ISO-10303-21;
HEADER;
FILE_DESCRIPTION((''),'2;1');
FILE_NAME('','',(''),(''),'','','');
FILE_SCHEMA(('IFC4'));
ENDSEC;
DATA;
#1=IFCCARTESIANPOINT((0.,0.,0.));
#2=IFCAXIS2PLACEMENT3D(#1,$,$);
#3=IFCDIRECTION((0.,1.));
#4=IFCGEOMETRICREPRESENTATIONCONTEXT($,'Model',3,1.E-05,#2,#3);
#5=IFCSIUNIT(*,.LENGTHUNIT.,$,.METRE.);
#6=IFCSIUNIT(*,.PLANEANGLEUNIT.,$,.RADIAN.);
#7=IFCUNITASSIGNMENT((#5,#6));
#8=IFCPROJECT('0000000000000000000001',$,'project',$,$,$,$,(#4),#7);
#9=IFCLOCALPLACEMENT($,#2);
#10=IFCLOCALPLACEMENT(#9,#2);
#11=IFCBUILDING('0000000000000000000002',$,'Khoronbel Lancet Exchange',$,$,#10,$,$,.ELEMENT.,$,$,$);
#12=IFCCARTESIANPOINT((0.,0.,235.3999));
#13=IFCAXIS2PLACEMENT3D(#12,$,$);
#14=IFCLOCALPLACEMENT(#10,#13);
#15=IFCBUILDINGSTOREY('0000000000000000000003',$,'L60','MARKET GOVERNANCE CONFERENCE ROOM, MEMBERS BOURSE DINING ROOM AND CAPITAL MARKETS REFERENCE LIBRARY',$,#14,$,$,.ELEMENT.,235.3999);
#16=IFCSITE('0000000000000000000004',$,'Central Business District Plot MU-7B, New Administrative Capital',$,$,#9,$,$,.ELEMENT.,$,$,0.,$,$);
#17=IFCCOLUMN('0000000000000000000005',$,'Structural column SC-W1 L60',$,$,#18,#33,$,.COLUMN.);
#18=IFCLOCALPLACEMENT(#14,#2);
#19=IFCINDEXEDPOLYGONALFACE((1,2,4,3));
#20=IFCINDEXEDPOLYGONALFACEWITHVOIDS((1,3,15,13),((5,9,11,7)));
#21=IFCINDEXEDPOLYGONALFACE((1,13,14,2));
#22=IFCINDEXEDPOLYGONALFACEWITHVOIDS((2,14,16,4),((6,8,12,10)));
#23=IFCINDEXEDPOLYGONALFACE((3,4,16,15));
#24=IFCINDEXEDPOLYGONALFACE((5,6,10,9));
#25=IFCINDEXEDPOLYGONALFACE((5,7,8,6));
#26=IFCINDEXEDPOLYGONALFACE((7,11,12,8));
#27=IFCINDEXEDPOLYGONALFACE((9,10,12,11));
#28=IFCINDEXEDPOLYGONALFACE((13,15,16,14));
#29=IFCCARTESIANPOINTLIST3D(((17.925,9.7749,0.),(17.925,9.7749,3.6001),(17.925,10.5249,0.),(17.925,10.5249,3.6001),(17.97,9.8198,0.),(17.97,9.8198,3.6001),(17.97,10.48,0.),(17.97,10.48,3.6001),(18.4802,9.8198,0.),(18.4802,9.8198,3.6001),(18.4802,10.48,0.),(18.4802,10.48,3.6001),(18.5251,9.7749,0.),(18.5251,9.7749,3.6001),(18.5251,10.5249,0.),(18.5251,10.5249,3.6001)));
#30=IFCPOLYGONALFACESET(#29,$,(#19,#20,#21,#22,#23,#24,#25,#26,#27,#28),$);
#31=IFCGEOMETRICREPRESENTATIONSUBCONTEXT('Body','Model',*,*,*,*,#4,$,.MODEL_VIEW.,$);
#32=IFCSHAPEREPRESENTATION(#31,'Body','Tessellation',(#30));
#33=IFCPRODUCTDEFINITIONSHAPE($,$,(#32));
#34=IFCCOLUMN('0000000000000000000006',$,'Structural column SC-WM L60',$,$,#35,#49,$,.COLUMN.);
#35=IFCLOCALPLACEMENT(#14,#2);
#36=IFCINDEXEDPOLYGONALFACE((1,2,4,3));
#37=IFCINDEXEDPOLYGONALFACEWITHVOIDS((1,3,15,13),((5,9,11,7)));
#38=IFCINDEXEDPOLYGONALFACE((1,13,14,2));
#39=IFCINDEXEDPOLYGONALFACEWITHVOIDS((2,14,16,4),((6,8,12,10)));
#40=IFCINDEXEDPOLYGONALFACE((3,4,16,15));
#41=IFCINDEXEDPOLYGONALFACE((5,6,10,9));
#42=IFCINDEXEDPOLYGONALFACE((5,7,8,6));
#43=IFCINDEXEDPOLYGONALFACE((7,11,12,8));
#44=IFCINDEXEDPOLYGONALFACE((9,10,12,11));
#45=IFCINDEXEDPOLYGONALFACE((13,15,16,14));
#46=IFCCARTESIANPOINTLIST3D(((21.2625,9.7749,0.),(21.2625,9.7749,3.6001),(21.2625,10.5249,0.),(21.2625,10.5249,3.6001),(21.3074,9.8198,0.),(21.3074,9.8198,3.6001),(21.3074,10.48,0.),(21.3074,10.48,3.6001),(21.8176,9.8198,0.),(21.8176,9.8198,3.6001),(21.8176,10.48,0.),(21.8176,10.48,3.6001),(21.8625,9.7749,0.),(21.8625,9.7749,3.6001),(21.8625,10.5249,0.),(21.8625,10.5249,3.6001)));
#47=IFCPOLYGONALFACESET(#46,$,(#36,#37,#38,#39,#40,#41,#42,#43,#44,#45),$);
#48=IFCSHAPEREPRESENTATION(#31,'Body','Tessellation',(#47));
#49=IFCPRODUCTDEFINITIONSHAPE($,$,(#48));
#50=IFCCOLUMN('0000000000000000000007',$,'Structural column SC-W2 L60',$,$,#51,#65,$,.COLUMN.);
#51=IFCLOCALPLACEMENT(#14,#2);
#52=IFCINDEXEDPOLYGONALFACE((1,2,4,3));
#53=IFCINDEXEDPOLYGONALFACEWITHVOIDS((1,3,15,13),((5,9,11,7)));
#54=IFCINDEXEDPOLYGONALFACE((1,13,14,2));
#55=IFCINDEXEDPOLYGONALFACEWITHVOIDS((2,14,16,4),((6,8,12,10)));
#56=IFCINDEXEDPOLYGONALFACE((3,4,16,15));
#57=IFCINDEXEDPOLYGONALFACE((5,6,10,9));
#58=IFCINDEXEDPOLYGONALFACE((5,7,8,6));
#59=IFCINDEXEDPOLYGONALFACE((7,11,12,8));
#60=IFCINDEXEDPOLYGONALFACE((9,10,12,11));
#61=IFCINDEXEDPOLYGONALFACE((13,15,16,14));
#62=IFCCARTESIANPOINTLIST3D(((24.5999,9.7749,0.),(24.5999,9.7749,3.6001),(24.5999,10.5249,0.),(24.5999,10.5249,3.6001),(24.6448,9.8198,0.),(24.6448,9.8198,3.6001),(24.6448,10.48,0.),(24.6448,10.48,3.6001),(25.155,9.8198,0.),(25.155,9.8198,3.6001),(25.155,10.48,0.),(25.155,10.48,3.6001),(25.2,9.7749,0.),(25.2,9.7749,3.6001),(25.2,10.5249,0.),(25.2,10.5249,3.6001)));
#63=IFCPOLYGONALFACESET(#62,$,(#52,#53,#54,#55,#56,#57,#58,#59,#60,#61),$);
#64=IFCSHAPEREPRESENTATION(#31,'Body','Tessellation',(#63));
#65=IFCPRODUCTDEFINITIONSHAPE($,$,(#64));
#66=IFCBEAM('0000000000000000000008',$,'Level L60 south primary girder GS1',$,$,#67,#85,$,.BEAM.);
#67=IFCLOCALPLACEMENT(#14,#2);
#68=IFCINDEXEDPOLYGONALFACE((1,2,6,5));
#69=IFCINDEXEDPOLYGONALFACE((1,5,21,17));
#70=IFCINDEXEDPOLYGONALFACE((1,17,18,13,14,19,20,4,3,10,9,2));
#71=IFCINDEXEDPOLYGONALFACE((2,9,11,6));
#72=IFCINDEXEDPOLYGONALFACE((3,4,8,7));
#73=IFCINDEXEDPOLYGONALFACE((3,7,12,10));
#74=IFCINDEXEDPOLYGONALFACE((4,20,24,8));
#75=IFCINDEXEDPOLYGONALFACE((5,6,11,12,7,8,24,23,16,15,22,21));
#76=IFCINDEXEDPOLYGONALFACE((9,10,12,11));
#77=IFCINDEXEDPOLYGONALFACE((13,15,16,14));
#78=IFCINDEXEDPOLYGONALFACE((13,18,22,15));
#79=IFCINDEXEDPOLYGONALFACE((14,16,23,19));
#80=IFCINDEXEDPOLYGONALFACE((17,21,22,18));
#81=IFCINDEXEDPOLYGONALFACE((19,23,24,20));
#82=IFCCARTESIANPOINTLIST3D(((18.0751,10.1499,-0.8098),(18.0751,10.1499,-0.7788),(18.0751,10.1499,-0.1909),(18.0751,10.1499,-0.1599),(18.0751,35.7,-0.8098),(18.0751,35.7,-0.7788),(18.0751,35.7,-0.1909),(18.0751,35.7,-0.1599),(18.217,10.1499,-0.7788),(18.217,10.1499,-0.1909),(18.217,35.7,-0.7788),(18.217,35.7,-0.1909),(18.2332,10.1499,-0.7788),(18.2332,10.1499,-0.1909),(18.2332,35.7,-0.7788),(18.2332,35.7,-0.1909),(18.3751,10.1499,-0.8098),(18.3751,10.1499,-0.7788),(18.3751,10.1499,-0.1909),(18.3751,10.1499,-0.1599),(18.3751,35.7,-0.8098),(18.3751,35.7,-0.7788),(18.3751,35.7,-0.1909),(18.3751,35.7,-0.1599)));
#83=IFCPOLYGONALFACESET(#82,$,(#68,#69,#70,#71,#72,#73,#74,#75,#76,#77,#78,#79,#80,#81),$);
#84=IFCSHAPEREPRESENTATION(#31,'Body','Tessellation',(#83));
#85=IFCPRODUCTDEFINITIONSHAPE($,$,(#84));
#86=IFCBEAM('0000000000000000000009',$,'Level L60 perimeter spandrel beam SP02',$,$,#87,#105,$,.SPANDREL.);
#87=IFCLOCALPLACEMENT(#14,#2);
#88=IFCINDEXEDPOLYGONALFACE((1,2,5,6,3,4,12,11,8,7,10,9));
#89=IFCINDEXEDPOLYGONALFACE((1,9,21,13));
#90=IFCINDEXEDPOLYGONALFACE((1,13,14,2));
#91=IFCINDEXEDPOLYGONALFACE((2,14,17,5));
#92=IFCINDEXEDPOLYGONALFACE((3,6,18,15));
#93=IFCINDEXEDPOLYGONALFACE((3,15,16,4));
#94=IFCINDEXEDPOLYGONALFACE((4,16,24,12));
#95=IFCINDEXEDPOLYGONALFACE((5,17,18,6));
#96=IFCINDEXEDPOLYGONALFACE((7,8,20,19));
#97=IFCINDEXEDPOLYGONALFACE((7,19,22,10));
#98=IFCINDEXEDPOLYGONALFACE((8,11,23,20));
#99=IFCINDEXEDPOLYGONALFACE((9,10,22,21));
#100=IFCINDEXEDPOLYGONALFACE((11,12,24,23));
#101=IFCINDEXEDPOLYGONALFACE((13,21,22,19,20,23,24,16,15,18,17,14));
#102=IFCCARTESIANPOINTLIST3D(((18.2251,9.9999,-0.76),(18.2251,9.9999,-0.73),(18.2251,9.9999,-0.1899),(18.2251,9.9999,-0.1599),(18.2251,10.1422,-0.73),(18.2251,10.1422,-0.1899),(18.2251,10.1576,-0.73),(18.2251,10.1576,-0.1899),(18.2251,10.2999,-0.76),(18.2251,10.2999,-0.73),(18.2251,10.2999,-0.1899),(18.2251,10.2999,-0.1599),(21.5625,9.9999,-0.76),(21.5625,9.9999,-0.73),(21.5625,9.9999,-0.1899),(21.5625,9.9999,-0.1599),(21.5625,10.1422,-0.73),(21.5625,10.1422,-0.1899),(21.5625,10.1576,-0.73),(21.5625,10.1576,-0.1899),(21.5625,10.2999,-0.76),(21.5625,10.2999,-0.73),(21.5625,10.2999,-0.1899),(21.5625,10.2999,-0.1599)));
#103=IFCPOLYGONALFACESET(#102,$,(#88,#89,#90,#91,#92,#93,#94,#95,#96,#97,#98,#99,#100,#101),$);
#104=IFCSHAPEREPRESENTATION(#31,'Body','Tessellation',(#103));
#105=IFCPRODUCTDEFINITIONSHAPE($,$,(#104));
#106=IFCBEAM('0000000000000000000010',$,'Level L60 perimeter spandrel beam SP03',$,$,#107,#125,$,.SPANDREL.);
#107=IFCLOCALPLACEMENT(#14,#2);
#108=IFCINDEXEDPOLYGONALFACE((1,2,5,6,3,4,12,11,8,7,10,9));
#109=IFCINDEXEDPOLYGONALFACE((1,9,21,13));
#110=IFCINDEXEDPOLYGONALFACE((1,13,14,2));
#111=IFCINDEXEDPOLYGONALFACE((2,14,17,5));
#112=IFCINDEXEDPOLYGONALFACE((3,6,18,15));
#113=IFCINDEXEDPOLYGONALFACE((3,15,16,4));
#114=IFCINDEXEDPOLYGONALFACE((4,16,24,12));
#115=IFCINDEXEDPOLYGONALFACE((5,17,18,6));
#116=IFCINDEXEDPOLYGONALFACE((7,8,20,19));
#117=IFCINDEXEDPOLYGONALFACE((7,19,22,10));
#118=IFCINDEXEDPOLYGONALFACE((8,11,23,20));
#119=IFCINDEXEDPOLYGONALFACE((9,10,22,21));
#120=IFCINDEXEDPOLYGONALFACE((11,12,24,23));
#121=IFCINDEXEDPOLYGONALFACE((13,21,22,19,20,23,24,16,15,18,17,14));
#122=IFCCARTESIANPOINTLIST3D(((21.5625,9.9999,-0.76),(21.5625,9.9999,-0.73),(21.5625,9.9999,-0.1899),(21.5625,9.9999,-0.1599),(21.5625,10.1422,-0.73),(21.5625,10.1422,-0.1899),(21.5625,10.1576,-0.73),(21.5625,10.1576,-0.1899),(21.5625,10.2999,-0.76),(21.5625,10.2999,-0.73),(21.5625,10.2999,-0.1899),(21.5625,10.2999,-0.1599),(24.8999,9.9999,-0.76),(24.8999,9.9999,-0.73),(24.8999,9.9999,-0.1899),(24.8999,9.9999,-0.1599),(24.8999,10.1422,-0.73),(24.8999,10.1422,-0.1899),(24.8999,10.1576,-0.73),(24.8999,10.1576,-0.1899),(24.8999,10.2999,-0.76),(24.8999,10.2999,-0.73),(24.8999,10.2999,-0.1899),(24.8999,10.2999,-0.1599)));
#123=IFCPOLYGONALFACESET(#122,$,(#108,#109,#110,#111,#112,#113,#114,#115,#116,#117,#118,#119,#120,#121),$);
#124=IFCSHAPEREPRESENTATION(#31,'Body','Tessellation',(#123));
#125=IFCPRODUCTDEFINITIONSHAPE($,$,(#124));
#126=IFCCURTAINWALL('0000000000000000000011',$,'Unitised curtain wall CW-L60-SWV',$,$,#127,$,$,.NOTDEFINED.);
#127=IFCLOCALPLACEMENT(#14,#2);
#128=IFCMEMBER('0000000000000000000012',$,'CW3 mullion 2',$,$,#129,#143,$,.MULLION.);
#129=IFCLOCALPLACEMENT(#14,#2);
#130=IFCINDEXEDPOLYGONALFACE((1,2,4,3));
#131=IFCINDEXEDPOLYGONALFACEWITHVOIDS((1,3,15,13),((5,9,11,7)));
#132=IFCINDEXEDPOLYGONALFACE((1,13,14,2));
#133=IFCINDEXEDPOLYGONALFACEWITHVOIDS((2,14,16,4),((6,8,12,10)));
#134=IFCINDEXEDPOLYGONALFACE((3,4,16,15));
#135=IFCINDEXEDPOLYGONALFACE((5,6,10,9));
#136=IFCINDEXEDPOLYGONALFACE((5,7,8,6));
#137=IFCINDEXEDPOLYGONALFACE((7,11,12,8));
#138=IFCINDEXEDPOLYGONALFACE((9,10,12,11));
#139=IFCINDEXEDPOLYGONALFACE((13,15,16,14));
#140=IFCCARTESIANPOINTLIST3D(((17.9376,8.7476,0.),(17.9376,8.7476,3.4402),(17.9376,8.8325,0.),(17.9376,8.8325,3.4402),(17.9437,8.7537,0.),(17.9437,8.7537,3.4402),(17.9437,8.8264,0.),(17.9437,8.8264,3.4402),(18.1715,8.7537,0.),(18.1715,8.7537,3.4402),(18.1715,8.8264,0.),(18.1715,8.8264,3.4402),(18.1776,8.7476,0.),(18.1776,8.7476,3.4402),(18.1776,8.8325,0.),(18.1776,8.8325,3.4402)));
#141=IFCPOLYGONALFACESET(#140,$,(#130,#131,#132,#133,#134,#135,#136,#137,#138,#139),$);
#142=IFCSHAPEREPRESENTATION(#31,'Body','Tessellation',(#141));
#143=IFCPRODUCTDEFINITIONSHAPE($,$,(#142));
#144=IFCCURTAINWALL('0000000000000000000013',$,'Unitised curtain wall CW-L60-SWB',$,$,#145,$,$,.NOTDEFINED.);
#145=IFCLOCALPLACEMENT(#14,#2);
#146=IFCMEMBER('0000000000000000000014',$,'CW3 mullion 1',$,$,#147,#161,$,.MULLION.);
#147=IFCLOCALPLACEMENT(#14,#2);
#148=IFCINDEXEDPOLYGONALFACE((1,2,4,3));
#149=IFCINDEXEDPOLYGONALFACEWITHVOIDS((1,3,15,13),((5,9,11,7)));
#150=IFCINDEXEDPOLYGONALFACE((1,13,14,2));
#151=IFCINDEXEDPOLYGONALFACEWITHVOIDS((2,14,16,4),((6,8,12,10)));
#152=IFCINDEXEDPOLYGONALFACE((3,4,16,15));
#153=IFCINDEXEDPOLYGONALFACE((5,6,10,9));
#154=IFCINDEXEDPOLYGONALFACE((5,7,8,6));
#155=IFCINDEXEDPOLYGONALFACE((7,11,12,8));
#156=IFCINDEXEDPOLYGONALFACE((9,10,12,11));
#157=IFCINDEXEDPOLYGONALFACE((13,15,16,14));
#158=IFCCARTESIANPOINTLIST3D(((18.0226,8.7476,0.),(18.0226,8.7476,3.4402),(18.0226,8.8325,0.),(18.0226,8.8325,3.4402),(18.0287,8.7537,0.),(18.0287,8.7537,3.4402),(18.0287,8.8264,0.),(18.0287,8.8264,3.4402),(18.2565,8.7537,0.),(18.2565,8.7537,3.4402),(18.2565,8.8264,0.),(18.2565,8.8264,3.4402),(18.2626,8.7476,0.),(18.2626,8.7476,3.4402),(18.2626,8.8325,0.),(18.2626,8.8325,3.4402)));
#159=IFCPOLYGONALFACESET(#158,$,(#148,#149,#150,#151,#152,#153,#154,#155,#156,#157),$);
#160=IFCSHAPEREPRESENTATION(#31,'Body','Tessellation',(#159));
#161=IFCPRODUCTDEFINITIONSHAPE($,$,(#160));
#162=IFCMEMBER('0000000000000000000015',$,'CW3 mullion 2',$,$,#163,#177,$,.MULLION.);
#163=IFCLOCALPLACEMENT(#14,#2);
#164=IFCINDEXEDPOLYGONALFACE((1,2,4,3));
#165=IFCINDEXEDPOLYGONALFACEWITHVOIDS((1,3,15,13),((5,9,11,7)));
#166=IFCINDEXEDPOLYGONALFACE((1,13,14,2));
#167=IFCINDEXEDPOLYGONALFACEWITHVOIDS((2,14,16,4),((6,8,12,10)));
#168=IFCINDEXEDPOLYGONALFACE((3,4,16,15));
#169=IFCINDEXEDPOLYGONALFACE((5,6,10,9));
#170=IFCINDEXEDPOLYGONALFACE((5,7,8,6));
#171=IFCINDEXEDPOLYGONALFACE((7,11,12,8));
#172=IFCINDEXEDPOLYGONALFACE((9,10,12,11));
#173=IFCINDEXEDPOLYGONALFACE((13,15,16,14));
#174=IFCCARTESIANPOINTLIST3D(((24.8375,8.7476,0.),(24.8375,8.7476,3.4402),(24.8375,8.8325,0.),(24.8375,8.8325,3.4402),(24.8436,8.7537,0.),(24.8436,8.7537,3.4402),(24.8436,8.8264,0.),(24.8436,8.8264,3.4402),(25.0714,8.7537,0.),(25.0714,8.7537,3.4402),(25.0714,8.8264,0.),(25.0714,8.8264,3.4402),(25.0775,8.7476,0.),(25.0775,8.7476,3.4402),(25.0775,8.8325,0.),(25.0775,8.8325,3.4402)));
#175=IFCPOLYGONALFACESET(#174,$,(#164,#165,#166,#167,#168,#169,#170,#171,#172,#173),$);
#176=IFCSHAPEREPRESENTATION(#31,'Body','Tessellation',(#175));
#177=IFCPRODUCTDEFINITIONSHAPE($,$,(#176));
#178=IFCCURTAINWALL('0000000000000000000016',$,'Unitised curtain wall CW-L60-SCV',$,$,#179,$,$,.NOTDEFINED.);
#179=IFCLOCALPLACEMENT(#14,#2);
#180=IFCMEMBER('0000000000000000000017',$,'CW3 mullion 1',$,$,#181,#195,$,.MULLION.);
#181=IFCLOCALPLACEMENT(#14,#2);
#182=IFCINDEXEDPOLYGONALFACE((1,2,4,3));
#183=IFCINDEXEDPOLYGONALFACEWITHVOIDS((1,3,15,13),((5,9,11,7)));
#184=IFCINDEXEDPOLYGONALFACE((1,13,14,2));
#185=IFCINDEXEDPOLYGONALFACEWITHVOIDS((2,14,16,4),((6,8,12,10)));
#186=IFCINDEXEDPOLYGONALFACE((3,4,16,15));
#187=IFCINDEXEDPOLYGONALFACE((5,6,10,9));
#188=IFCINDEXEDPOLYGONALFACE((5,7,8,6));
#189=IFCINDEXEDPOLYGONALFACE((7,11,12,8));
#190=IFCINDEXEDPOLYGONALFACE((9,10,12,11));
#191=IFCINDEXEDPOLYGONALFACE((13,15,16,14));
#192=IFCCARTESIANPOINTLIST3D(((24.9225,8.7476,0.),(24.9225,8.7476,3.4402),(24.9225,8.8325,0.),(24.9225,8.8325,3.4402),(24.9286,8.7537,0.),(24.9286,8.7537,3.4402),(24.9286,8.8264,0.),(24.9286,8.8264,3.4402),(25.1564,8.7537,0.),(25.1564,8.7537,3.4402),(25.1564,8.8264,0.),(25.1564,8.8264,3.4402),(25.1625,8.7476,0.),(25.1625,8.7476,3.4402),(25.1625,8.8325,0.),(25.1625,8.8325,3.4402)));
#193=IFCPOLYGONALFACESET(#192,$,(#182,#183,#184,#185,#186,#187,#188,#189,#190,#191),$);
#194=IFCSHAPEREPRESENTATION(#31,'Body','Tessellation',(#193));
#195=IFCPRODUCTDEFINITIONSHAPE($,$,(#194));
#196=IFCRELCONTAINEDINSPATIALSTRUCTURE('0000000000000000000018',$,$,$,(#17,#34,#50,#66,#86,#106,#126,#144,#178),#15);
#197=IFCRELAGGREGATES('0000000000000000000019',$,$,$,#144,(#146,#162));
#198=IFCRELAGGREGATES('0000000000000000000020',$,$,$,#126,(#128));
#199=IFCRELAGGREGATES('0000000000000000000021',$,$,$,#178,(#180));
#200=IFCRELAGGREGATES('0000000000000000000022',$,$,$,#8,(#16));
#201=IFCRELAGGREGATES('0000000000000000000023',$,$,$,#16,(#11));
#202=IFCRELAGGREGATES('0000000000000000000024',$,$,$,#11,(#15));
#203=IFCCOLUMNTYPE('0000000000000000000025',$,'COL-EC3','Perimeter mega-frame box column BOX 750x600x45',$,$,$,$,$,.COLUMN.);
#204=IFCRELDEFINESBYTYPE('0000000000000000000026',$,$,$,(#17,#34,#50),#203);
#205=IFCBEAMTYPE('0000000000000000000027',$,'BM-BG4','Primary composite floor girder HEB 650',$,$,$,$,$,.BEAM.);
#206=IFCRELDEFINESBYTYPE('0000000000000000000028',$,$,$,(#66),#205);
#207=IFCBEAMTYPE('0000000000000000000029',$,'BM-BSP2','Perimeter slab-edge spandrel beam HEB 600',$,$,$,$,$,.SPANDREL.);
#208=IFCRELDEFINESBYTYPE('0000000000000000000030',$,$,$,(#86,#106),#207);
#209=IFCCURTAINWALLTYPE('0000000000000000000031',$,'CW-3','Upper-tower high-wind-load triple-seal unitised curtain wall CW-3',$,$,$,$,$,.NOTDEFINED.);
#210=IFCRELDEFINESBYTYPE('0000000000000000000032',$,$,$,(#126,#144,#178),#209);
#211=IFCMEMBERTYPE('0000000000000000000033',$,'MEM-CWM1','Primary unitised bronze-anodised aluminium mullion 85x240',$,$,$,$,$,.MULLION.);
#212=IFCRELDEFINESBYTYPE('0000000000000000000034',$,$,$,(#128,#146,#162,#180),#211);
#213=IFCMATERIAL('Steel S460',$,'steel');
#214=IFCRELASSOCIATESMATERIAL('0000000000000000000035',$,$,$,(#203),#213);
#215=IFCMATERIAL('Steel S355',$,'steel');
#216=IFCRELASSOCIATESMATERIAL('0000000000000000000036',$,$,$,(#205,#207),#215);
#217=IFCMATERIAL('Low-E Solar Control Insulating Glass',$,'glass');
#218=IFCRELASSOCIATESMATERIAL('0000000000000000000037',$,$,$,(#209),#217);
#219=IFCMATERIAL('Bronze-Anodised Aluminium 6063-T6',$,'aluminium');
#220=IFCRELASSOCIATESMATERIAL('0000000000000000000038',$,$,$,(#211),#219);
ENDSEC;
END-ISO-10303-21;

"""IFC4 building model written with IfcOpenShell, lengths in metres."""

from ifc_helpers import new_model, si_unit, direction, frame, origin, origin_2d, place, context, subcontext, project, spatial, hollow_rectangle, i_section, extrude, material, material_profile, profile_set, type_object, element, aggregate, save


model = new_model("IFC4")

# Units and contexts
model_context = context("Model", 3, precision=1e-05, world=origin(), true_north=direction((0.0, 1.0)))
body_context = subcontext(model_context, "Body", "Model", "MODEL_VIEW")
ifc_project = project(units=[si_unit("LENGTHUNIT", "METRE"), si_unit("PLANEANGLEUNIT", "RADIAN")], contexts=[model_context])

# Site, building, storey
site_placement = place(None, origin())
site = spatial("IfcSite", under=ifc_project, at=site_placement, Name="Central Business District Plot MU-7B, New Administrative Capital", CompositionType="ELEMENT", RefElevation=0.0)
building_placement = place(site_placement, origin())
building = spatial("IfcBuilding", under=site, at=building_placement, Name="Khoronbel Lancet Exchange", CompositionType="ELEMENT")
storey_placement = place(building_placement, frame((0.0, 0.0, 235.3999)))
storey = spatial("IfcBuildingStorey", under=building, at=storey_placement, Name="L60", Description="MARKET GOVERNANCE CONFERENCE ROOM, MEMBERS BOURSE DINING ROOM AND CAPITAL MARKETS REFERENCE LIBRARY", CompositionType="ELEMENT", Elevation=235.3999)

# Columns
ifc_material_1 = material(Name="Steel S460", Category="steel")
ifc_material_profile_1 = material_profile(ifc_material_1, hollow_rectangle(XDim=0.6001, YDim=0.75, WallThickness=0.0449, at=origin_2d()), Name="BOX 750x600x45")
ifc_profile_set_1 = profile_set([ifc_material_profile_1], Name="Steel S460")
column_type = type_object("IfcColumnType", Name="COL-EC3", Description="Perimeter mega-frame box column BOX 750x600x45", PredefinedType="COLUMN", material=ifc_profile_set_1)
for number, where, z_axis, x_axis, name in (
    (1, (18.2251, 10.1499, 0.0), (0.0, 0.0, 1.0), (1.0, 0.0, 0.0), "Structural column SC-W1 L60"),
    (2, (21.5625, 10.1499, 0.0), (0.0, 0.0, 1.0), (1.0, 0.0, 0.0), "Structural column SC-WM L60"),
    (3, (24.8999, 10.1499, 0.0), (0.0, 0.0, 1.0), (1.0, 0.0, 0.0), "Structural column SC-W2 L60"),
):
    element("IfcColumn", number, at=place(storey_placement, frame(where, z_axis=z_axis, x_axis=x_axis)), inside=storey, type_object=column_type, Name=name, PredefinedType="COLUMN", context=body_context, shape_type="SweptSolid", body=[
        extrude(hollow_rectangle(XDim=0.6001, YDim=0.75, WallThickness=0.0449, at=origin_2d()), origin(), (0.0, 0.0, 1.0), 3.6001),
    ])

# Beams
ifc_material_2 = material(Name="Steel S355", Category="steel")
ifc_material_profile_2 = material_profile(ifc_material_2, i_section(OverallWidth=0.3, OverallDepth=0.6499, WebThickness=0.0161, FlangeThickness=0.031, at=origin_2d()), Name="HEB 650")
ifc_profile_set_2 = profile_set([ifc_material_profile_2], Name="Steel S355")
beam_type_1 = type_object("IfcBeamType", Name="BM-BG4", Description="Primary composite floor girder HEB 650", PredefinedType="BEAM", material=ifc_profile_set_2)
beam_placement = place(storey_placement, frame((18.2251, 10.1499, -0.4849), z_axis=(0.0, 1.0, 0.0), x_axis=(-1.0, 0.0, 0.0)))
element("IfcBeam", 4, at=beam_placement, inside=storey, type_object=beam_type_1, Name="Level L60 south primary girder GS1", PredefinedType="BEAM", context=body_context, shape_type="SweptSolid", body=[
    extrude(i_section(OverallWidth=0.3, OverallDepth=0.6499, WebThickness=0.0161, FlangeThickness=0.031, at=origin_2d()), origin(), (0.0, 0.0, 1.0), 25.55),
])
ifc_material_profile_3 = material_profile(ifc_material_2, i_section(OverallWidth=0.3, OverallDepth=0.6001, WebThickness=0.0154, FlangeThickness=0.03, at=origin_2d()), Name="HEB 600")
ifc_profile_set_3 = profile_set([ifc_material_profile_3], Name="Steel S355")
beam_type_2 = type_object("IfcBeamType", Name="BM-BSP2", Description="Perimeter slab-edge spandrel beam HEB 600", PredefinedType="SPANDREL", material=ifc_profile_set_3)
for number, where, z_axis, x_axis, name in (
    (5, (18.2251, 10.1499, -0.46), (1.0, 0.0, 0.0), (0.0, 1.0, 0.0), "Level L60 perimeter spandrel beam SP02"),
    (6, (21.5625, 10.1499, -0.46), (1.0, 0.0, 0.0), (0.0, 1.0, 0.0), "Level L60 perimeter spandrel beam SP03"),
):
    element("IfcBeam", number, at=place(storey_placement, frame(where, z_axis=z_axis, x_axis=x_axis)), inside=storey, type_object=beam_type_2, Name=name, PredefinedType="SPANDREL", context=body_context, shape_type="SweptSolid", body=[
        extrude(i_section(OverallWidth=0.3, OverallDepth=0.6001, WebThickness=0.0154, FlangeThickness=0.03, at=origin_2d()), origin(), (0.0, 0.0, 1.0), 3.3374),
    ])

# Curtain wall, member
ifc_material_3 = material(Name="Low-E Solar Control Insulating Glass", Category="glass")
curtain_wall_type = type_object("IfcCurtainWallType", Name="CW-3", Description="Upper-tower high-wind-load triple-seal unitised curtain wall CW-3", PredefinedType="NOTDEFINED", material=ifc_material_3)
curtain_wall_1_placement = place(storey_placement, origin())
curtain_wall_1 = element("IfcCurtainWall", 7, at=curtain_wall_1_placement, inside=storey, type_object=curtain_wall_type, Name="Unitised curtain wall CW-L60-SWV", PredefinedType="NOTDEFINED")
ifc_material_4 = material(Name="Bronze-Anodised Aluminium 6063-T6", Category="aluminium")
ifc_material_profile_4 = material_profile(ifc_material_4, hollow_rectangle(XDim=0.085, YDim=0.24, WallThickness=0.0061, at=origin_2d()), Name="ALU MULLION 85x240")
ifc_profile_set_4 = profile_set([ifc_material_profile_4], Name="Bronze-Anodised Aluminium 6063-T6")
member_type_1 = type_object("IfcMemberType", Name="MEM-CWM1", Description="Primary unitised bronze-anodised aluminium mullion 85x240", PredefinedType="MULLION", material=ifc_profile_set_4)
member_1_placement = place(storey_placement, frame((18.0576, 8.79, 0.0), z_axis=(0.0, 0.0, 1.0), x_axis=(0.0, 1.0, 0.0)))
member_1 = element("IfcMember", 8, at=member_1_placement, type_object=member_type_1, Name="CW3 mullion 2", PredefinedType="MULLION", context=body_context, shape_type="SweptSolid", body=[
    extrude(hollow_rectangle(XDim=0.085, YDim=0.24, WallThickness=0.0061, at=origin_2d()), origin(), (0.0, 0.0, 1.0), 3.4402),
])

# Curtain wall, members
curtain_wall_2_placement = place(storey_placement, origin())
curtain_wall_2 = element("IfcCurtainWall", 9, at=curtain_wall_2_placement, inside=storey, type_object=curtain_wall_type, Name="Unitised curtain wall CW-L60-SWB", PredefinedType="NOTDEFINED")
member_2_placement = place(storey_placement, frame((18.1426, 8.79, 0.0), z_axis=(0.0, 0.0, 1.0), x_axis=(0.0, 1.0, 0.0)))
member_2 = element("IfcMember", 10, at=member_2_placement, type_object=member_type_1, Name="CW3 mullion 1", PredefinedType="MULLION", context=body_context, shape_type="SweptSolid", body=[
    extrude(hollow_rectangle(XDim=0.085, YDim=0.24, WallThickness=0.0061, at=origin_2d()), origin(), (0.0, 0.0, 1.0), 3.4402),
])
member_3_placement = place(storey_placement, frame((24.9575, 8.79, 0.0), z_axis=(0.0, 0.0, 1.0), x_axis=(0.0, 1.0, 0.0)))
member_3 = element("IfcMember", 11, at=member_3_placement, type_object=member_type_1, Name="CW3 mullion 2", PredefinedType="MULLION", context=body_context, shape_type="SweptSolid", body=[
    extrude(hollow_rectangle(XDim=0.085, YDim=0.24, WallThickness=0.0061, at=origin_2d()), origin(), (0.0, 0.0, 1.0), 3.4402),
])

# Curtain wall, member
curtain_wall_3_placement = place(storey_placement, origin())
curtain_wall_3 = element("IfcCurtainWall", 12, at=curtain_wall_3_placement, inside=storey, type_object=curtain_wall_type, Name="Unitised curtain wall CW-L60-SCV", PredefinedType="NOTDEFINED")
member_4_placement = place(storey_placement, frame((25.0425, 8.79, 0.0), z_axis=(0.0, 0.0, 1.0), x_axis=(0.0, 1.0, 0.0)))
member_4 = element("IfcMember", 13, at=member_4_placement, type_object=member_type_1, Name="CW3 mullion 1", PredefinedType="MULLION", context=body_context, shape_type="SweptSolid", body=[
    extrude(hollow_rectangle(XDim=0.085, YDim=0.24, WallThickness=0.0061, at=origin_2d()), origin(), (0.0, 0.0, 1.0), 3.4402),
])

aggregate(curtain_wall_2, [member_2, member_3])
aggregate(curtain_wall_1, [member_1])
aggregate(curtain_wall_3, [member_4])

save(model, "model.ifc")
